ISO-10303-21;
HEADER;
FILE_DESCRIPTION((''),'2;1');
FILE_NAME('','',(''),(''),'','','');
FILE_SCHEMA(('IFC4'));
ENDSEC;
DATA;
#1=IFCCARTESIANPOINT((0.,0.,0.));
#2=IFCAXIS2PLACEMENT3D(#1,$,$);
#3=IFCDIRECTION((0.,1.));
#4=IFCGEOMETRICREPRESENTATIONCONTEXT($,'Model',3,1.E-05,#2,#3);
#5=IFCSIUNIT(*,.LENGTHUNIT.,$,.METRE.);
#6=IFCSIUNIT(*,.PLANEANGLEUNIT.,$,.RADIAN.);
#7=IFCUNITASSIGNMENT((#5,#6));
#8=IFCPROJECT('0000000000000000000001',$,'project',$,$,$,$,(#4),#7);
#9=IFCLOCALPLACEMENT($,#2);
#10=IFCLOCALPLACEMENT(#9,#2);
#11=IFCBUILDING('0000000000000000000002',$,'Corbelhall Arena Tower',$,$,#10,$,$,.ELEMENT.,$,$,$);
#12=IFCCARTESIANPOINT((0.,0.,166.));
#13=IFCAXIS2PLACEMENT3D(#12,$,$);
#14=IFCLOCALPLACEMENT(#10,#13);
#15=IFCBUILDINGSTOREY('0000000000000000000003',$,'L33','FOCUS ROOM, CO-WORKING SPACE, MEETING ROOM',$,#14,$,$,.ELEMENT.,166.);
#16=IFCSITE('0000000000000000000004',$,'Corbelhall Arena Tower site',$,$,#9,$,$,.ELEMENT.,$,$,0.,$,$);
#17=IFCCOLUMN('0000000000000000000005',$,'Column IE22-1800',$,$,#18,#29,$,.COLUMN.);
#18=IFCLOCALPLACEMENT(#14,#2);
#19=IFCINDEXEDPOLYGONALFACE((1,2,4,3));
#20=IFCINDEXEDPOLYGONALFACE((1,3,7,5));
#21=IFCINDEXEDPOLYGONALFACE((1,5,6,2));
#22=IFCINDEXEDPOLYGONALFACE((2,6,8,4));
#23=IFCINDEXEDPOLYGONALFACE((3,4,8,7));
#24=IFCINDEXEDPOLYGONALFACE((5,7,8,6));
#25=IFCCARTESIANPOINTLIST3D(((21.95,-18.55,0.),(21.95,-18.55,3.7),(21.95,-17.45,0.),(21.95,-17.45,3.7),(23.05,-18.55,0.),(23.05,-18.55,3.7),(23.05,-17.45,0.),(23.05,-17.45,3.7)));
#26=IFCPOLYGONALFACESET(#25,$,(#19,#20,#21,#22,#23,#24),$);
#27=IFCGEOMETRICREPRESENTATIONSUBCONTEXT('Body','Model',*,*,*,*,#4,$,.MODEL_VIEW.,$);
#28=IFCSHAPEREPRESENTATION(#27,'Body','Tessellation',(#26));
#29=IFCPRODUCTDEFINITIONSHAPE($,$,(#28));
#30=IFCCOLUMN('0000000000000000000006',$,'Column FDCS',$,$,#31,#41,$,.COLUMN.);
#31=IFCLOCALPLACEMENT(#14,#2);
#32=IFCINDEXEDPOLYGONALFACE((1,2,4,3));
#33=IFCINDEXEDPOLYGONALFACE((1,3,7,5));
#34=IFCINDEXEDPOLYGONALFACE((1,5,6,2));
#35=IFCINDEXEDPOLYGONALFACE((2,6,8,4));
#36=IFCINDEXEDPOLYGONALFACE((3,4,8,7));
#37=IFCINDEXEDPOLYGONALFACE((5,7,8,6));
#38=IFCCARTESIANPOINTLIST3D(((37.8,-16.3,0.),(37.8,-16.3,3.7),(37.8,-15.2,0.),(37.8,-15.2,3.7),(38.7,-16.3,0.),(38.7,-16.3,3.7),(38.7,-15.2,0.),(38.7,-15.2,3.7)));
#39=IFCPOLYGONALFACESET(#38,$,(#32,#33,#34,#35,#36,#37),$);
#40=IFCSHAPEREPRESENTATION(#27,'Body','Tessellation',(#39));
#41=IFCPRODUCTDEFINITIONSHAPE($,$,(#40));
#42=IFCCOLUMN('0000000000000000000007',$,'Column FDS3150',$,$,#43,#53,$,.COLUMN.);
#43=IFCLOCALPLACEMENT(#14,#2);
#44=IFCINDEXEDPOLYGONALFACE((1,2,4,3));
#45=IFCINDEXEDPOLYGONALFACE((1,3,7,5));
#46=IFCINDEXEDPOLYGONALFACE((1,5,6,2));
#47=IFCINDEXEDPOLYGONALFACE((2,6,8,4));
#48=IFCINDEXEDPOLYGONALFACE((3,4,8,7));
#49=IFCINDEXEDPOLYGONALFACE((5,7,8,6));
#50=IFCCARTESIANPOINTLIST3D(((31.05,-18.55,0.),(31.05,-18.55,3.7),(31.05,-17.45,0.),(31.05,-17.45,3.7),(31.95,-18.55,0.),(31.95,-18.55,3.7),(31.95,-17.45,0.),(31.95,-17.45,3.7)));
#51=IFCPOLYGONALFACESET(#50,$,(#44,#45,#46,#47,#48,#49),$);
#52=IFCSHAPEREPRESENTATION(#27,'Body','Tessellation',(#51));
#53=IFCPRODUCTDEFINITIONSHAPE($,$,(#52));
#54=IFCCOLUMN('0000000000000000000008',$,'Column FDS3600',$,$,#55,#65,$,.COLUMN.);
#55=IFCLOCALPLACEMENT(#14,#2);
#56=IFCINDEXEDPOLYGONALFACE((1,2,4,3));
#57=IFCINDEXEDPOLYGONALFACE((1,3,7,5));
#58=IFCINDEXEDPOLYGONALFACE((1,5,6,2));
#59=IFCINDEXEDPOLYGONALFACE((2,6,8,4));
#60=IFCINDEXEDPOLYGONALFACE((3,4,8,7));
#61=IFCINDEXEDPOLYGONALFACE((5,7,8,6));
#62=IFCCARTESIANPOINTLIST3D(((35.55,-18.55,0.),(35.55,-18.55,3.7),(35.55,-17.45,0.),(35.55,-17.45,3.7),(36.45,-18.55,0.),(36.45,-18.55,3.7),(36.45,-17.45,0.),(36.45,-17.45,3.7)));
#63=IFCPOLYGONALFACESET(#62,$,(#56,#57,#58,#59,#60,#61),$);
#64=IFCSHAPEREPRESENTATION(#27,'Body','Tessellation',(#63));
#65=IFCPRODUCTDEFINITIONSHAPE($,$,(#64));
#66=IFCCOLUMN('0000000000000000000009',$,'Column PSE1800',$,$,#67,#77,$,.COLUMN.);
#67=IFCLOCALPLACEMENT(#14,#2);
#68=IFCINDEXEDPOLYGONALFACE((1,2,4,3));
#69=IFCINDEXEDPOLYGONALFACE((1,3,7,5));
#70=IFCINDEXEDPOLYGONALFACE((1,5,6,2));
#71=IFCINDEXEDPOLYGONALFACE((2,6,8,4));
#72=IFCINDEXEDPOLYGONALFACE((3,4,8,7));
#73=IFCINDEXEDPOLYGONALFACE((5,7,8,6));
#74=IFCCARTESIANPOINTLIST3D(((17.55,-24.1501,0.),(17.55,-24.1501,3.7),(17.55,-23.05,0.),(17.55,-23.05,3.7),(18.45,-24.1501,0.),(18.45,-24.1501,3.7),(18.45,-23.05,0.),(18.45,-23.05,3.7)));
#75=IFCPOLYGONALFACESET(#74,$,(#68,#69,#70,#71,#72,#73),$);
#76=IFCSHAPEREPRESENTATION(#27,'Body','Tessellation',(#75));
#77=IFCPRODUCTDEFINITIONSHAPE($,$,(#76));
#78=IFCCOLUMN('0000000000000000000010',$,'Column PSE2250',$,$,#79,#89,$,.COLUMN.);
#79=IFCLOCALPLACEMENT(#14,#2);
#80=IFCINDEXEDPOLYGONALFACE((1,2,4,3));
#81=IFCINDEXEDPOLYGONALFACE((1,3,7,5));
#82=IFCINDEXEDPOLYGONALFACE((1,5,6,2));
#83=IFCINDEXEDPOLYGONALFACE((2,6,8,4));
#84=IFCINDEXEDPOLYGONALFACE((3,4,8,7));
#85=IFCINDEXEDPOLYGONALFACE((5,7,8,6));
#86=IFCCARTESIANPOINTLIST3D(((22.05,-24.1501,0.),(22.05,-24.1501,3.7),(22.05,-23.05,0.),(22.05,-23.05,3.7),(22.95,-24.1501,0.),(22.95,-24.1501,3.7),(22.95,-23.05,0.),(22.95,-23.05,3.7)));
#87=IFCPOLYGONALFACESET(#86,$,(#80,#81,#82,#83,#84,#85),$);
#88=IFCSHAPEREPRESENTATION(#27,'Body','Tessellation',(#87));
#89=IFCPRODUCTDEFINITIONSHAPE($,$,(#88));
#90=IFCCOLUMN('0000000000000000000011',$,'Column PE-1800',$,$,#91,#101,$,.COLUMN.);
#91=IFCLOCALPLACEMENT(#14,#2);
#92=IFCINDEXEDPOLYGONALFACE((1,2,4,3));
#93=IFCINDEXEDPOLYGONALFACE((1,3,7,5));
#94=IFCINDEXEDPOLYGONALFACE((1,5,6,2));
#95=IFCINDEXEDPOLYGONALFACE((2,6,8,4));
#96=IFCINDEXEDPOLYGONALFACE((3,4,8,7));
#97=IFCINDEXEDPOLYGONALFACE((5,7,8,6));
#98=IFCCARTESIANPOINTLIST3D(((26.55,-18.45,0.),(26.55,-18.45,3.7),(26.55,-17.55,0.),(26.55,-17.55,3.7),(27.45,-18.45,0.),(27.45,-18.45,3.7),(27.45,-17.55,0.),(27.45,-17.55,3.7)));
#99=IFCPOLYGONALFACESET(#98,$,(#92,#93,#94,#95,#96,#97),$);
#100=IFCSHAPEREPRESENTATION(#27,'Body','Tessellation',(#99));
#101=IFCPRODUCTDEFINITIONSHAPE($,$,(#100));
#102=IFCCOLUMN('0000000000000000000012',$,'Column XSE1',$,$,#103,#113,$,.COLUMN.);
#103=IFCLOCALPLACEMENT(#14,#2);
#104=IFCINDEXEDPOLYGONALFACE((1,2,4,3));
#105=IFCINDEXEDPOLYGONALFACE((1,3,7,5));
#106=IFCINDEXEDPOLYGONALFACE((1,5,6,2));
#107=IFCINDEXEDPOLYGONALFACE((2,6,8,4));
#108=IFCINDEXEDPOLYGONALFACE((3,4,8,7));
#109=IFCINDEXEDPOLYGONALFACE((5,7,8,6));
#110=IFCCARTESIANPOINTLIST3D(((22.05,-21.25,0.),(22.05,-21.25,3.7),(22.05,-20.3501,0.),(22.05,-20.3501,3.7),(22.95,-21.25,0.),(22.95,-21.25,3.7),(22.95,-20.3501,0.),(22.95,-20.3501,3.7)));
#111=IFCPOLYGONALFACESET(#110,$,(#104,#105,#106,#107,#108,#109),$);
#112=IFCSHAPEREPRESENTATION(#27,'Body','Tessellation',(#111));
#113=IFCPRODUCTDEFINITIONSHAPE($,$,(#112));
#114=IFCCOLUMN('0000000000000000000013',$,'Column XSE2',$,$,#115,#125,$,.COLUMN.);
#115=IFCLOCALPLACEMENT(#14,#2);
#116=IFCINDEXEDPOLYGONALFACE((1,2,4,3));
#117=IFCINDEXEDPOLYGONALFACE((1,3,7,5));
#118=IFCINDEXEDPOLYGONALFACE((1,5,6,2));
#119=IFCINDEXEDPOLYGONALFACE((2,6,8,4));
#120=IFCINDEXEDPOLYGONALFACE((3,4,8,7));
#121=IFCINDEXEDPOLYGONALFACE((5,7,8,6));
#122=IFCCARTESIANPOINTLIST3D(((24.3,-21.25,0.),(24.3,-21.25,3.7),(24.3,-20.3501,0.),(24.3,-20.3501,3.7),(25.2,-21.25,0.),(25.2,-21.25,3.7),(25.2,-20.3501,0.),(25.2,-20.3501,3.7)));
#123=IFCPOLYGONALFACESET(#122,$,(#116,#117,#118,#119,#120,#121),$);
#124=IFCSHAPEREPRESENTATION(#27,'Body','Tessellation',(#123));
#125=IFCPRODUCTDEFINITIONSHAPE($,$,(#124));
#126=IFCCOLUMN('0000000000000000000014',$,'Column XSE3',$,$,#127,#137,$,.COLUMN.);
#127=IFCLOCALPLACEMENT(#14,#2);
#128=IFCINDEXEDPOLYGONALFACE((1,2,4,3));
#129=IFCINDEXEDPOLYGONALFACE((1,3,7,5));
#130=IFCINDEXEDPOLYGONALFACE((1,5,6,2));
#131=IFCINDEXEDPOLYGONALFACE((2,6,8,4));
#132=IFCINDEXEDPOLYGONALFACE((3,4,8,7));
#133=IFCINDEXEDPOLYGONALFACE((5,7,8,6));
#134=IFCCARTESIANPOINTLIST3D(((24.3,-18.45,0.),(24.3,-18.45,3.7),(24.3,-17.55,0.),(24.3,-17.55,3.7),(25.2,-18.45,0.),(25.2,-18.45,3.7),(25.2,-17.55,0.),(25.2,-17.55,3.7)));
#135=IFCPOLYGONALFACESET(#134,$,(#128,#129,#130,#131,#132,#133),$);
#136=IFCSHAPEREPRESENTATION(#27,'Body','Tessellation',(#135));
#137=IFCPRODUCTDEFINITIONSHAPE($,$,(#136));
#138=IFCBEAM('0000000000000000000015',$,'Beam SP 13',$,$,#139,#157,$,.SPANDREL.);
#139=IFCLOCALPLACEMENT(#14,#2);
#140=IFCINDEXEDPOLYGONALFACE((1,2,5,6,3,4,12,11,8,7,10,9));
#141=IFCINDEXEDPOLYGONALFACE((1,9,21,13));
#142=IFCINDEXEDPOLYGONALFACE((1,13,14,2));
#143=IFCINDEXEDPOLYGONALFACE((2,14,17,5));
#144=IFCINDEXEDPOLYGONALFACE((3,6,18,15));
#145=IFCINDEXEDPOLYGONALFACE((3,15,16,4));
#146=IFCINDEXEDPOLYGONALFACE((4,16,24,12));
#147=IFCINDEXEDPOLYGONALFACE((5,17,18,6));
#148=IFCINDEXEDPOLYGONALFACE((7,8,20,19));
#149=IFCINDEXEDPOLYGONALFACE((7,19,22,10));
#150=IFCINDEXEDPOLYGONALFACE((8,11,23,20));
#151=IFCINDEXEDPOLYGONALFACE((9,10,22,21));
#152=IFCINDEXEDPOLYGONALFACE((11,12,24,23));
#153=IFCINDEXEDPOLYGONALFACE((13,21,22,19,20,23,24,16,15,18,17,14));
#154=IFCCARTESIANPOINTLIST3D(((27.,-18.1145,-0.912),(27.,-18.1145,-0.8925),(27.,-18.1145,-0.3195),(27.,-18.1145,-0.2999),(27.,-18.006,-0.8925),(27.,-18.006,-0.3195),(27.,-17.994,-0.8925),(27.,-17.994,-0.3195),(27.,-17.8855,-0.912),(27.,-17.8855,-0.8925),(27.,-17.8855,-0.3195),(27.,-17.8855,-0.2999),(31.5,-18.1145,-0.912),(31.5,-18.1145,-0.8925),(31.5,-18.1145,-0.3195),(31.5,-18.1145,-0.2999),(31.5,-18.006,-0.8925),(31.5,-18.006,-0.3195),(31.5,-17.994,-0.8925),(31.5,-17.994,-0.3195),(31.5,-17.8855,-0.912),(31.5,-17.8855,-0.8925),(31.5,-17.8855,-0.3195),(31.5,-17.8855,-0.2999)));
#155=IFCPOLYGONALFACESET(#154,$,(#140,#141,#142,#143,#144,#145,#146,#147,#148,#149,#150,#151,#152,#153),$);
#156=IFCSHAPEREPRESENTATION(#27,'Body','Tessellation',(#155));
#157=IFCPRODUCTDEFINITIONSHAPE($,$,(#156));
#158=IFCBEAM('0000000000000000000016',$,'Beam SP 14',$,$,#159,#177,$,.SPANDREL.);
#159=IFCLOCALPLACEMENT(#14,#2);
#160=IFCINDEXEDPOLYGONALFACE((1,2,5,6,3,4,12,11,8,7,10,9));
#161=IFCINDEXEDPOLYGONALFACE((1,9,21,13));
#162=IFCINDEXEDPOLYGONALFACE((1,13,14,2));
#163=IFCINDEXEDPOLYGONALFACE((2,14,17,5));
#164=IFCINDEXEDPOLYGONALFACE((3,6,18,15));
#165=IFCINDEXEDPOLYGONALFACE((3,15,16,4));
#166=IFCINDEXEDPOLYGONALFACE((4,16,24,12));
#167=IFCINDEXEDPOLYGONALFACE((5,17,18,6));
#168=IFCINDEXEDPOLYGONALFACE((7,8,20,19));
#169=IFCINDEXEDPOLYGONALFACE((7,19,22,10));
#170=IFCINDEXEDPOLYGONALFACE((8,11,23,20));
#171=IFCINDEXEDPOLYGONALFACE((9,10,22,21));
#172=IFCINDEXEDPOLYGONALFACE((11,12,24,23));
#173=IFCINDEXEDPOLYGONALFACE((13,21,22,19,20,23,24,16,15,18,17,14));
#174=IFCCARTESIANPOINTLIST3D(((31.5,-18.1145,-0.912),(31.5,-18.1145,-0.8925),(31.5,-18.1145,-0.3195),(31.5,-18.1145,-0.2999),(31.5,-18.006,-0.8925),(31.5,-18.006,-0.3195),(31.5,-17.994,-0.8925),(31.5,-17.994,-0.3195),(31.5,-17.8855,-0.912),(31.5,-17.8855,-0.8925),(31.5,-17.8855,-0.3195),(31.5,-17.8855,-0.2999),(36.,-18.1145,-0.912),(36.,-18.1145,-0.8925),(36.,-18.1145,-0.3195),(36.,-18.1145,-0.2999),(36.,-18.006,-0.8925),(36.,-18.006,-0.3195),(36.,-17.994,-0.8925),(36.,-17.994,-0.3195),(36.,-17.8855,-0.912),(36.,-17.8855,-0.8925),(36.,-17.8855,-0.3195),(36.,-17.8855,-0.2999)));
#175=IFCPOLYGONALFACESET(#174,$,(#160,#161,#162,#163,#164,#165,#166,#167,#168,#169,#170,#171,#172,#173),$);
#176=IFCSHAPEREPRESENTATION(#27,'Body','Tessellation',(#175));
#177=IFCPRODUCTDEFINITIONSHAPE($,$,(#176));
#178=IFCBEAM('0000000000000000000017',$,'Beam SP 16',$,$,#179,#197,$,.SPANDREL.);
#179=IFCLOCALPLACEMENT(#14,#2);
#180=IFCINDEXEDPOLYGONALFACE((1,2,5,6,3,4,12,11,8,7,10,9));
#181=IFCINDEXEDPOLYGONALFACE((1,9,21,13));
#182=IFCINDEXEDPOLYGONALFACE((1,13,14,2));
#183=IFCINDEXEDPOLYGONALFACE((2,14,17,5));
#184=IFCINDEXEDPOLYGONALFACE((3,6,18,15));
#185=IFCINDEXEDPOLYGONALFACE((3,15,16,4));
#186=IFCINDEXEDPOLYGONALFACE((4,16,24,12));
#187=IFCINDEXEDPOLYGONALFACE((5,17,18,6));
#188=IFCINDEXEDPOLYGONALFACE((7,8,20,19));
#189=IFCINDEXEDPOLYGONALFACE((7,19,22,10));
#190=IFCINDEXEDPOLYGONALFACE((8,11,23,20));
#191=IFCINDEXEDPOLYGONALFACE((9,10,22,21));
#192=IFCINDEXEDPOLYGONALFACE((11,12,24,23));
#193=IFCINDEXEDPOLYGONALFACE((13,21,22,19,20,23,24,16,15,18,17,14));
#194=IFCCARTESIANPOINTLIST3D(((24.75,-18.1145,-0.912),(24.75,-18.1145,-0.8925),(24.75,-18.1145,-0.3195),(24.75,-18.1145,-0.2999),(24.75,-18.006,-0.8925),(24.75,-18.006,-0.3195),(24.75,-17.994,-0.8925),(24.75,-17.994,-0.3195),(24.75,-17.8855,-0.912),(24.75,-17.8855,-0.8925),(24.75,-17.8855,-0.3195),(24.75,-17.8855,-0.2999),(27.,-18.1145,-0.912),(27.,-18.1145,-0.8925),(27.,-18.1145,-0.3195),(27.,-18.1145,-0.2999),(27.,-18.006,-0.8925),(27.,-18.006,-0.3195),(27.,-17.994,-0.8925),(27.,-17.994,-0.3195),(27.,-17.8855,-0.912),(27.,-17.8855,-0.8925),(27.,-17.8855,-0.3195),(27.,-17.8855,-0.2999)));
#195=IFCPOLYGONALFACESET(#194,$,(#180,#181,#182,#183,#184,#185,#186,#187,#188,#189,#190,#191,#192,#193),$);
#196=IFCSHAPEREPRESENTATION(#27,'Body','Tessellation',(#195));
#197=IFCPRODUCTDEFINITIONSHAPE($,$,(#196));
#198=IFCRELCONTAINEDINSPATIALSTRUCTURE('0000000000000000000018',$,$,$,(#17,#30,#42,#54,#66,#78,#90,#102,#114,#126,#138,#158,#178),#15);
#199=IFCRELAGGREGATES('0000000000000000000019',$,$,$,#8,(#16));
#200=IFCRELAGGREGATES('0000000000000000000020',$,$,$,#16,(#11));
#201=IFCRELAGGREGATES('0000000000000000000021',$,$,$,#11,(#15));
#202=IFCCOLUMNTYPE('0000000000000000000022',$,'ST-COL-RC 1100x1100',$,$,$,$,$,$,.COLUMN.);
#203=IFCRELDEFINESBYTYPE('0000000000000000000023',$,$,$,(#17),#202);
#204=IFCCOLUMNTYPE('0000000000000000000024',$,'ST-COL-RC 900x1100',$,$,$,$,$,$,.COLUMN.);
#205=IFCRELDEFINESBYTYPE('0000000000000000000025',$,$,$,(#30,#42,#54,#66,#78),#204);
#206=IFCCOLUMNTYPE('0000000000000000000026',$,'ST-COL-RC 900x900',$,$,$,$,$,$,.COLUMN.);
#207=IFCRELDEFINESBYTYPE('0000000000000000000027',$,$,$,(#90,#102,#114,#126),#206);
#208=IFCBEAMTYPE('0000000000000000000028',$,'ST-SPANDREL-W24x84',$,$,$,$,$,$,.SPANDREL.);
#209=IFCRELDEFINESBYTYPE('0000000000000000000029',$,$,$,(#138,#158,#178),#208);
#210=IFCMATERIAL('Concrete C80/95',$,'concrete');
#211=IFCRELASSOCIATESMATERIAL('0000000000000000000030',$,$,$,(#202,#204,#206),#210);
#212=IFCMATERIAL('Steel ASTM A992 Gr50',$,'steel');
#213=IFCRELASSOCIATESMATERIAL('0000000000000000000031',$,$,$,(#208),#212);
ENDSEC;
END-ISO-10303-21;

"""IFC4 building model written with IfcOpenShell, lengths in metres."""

from ifc_helpers import new_model, si_unit, direction, frame, origin, origin_2d, place, context, subcontext, project, spatial, rectangle, i_section, extrude, material, material_profile, profile_set, type_object, element, save


model = new_model("IFC4")

# Units and contexts
model_context = context("Model", 3, precision=1e-05, world=origin(), true_north=direction((0.0, 1.0)))
body_context = subcontext(model_context, "Body", "Model", "MODEL_VIEW")
ifc_project = project(units=[si_unit("LENGTHUNIT", "METRE"), si_unit("PLANEANGLEUNIT", "RADIAN")], contexts=[model_context])

# Site, building, storey
site_placement = place(None, origin())
site = spatial("IfcSite", under=ifc_project, at=site_placement, Name="Corbelhall Arena Tower site", CompositionType="ELEMENT", RefElevation=0.0)
building_placement = place(site_placement, origin())
building = spatial("IfcBuilding", under=site, at=building_placement, Name="Corbelhall Arena Tower", CompositionType="ELEMENT")
storey_placement = place(building_placement, frame((0.0, 0.0, 166.0)))
storey = spatial("IfcBuildingStorey", under=building, at=storey_placement, Name="L33", Description="FOCUS ROOM, CO-WORKING SPACE, MEETING ROOM", CompositionType="ELEMENT", Elevation=166.0)

# Columns
ifc_material_1 = material(Name="Concrete C80/95", Category="concrete")
ifc_material_profile_1 = material_profile(ifc_material_1, rectangle(XDim=1.1001, YDim=1.1001, at=origin_2d()))
ifc_profile_set_1 = profile_set([ifc_material_profile_1], Name="Concrete C80/95")
column_type_1 = type_object("IfcColumnType", Name="ST-COL-RC 1100x1100", PredefinedType="COLUMN", material=ifc_profile_set_1)
column_placement = place(storey_placement, frame((22.5, -18.0, 0.0), z_axis=(0.0, 0.0, 1.0), x_axis=(1.0, 0.0, 0.0)))
element("IfcColumn", 1, at=column_placement, inside=storey, type_object=column_type_1, Name="Column IE22-1800", PredefinedType="COLUMN", context=body_context, shape_type="SweptSolid", body=[
    extrude(rectangle(XDim=1.1001, YDim=1.1001, at=origin_2d()), origin(), (0.0, 0.0, 1.0), 3.7),
])
ifc_material_profile_2 = material_profile(ifc_material_1, rectangle(XDim=0.8999, YDim=1.1001, at=origin_2d()))
ifc_profile_set_2 = profile_set([ifc_material_profile_2], Name="Concrete C80/95")
column_type_2 = type_object("IfcColumnType", Name="ST-COL-RC 900x1100", PredefinedType="COLUMN", material=ifc_profile_set_2)
for number, where, z_axis, x_axis, name in (
    (2, (38.25, -15.75, 0.0), (0.0, 0.0, 1.0), (1.0, 0.0, 0.0), "Column FDCS"),
    (3, (31.5, -18.0, 0.0), (0.0, 0.0, 1.0), (1.0, 0.0, 0.0), "Column FDS3150"),
    (4, (36.0, -18.0, 0.0), (0.0, 0.0, 1.0), (1.0, 0.0, 0.0), "Column FDS3600"),
    (5, (18.0, -23.6001, 0.0), (0.0, 0.0, 1.0), (1.0, 0.0, 0.0), "Column PSE1800"),
    (6, (22.5, -23.6001, 0.0), (0.0, 0.0, 1.0), (1.0, 0.0, 0.0), "Column PSE2250"),
):
    element("IfcColumn", number, at=place(storey_placement, frame(where, z_axis=z_axis, x_axis=x_axis)), inside=storey, type_object=column_type_2, Name=name, PredefinedType="COLUMN", context=body_context, shape_type="SweptSolid", body=[
        extrude(rectangle(XDim=0.8999, YDim=1.1001, at=origin_2d()), origin(), (0.0, 0.0, 1.0), 3.7),
    ])
ifc_material_profile_3 = material_profile(ifc_material_1, rectangle(XDim=0.8999, YDim=0.8999, at=origin_2d()))
ifc_profile_set_3 = profile_set([ifc_material_profile_3], Name="Concrete C80/95")
column_type_3 = type_object("IfcColumnType", Name="ST-COL-RC 900x900", PredefinedType="COLUMN", material=ifc_profile_set_3)
for number, where, z_axis, x_axis, name in (
    (7, (27.0, -18.0, 0.0), (0.0, 0.0, 1.0), (1.0, 0.0, 0.0), "Column PE-1800"),
    (8, (22.5, -20.8, 0.0), (0.0, 0.0, 1.0), (1.0, 0.0, 0.0), "Column XSE1"),
    (9, (24.75, -20.8, 0.0), (0.0, 0.0, 1.0), (1.0, 0.0, 0.0), "Column XSE2"),
    (10, (24.75, -18.0, 0.0), (0.0, 0.0, 1.0), (1.0, 0.0, 0.0), "Column XSE3"),
):
    element("IfcColumn", number, at=place(storey_placement, frame(where, z_axis=z_axis, x_axis=x_axis)), inside=storey, type_object=column_type_3, Name=name, PredefinedType="COLUMN", context=body_context, shape_type="SweptSolid", body=[
        extrude(rectangle(XDim=0.8999, YDim=0.8999, at=origin_2d()), origin(), (0.0, 0.0, 1.0), 3.7),
    ])

# Beams
ifc_material_2 = material(Name="Steel ASTM A992 Gr50", Category="steel")
ifc_material_profile_4 = material_profile(ifc_material_2, i_section(OverallWidth=0.229, OverallDepth=0.6121, WebThickness=0.012, FlangeThickness=0.0195, at=origin_2d()))
ifc_profile_set_4 = profile_set([ifc_material_profile_4], Name="Steel ASTM A992 Gr50")
beam_type = type_object("IfcBeamType", Name="ST-SPANDREL-W24x84", PredefinedType="SPANDREL", material=ifc_profile_set_4)
for number, where, z_axis, x_axis, name in (
    (11, (31.5, -18.0, -0.606), (-1.0, 0.0, 0.0), (0.0, -1.0, 0.0), "Beam SP 13"),
    (12, (36.0, -18.0, -0.606), (-1.0, 0.0, 0.0), (0.0, -1.0, 0.0), "Beam SP 14"),
):
    element("IfcBeam", number, at=place(storey_placement, frame(where, z_axis=z_axis, x_axis=x_axis)), inside=storey, type_object=beam_type, Name=name, PredefinedType="SPANDREL", context=body_context, shape_type="SweptSolid", body=[
        extrude(i_section(OverallWidth=0.229, OverallDepth=0.6121, WebThickness=0.012, FlangeThickness=0.0195, at=origin_2d()), origin(), (0.0, 0.0, 1.0), 4.5),
    ])
beam_1_placement = place(storey_placement, frame((27.0, -18.0, -0.606), z_axis=(-1.0, 0.0, 0.0), x_axis=(0.0, -1.0, 0.0)))
element("IfcBeam", 13, at=beam_1_placement, inside=storey, type_object=beam_type, Name="Beam SP 16", PredefinedType="SPANDREL", context=body_context, shape_type="SweptSolid", body=[
    extrude(i_section(OverallWidth=0.229, OverallDepth=0.6121, WebThickness=0.012, FlangeThickness=0.0195, at=origin_2d()), origin(), (0.0, 0.0, 1.0), 2.25),
])

save(model, "model.ifc")
